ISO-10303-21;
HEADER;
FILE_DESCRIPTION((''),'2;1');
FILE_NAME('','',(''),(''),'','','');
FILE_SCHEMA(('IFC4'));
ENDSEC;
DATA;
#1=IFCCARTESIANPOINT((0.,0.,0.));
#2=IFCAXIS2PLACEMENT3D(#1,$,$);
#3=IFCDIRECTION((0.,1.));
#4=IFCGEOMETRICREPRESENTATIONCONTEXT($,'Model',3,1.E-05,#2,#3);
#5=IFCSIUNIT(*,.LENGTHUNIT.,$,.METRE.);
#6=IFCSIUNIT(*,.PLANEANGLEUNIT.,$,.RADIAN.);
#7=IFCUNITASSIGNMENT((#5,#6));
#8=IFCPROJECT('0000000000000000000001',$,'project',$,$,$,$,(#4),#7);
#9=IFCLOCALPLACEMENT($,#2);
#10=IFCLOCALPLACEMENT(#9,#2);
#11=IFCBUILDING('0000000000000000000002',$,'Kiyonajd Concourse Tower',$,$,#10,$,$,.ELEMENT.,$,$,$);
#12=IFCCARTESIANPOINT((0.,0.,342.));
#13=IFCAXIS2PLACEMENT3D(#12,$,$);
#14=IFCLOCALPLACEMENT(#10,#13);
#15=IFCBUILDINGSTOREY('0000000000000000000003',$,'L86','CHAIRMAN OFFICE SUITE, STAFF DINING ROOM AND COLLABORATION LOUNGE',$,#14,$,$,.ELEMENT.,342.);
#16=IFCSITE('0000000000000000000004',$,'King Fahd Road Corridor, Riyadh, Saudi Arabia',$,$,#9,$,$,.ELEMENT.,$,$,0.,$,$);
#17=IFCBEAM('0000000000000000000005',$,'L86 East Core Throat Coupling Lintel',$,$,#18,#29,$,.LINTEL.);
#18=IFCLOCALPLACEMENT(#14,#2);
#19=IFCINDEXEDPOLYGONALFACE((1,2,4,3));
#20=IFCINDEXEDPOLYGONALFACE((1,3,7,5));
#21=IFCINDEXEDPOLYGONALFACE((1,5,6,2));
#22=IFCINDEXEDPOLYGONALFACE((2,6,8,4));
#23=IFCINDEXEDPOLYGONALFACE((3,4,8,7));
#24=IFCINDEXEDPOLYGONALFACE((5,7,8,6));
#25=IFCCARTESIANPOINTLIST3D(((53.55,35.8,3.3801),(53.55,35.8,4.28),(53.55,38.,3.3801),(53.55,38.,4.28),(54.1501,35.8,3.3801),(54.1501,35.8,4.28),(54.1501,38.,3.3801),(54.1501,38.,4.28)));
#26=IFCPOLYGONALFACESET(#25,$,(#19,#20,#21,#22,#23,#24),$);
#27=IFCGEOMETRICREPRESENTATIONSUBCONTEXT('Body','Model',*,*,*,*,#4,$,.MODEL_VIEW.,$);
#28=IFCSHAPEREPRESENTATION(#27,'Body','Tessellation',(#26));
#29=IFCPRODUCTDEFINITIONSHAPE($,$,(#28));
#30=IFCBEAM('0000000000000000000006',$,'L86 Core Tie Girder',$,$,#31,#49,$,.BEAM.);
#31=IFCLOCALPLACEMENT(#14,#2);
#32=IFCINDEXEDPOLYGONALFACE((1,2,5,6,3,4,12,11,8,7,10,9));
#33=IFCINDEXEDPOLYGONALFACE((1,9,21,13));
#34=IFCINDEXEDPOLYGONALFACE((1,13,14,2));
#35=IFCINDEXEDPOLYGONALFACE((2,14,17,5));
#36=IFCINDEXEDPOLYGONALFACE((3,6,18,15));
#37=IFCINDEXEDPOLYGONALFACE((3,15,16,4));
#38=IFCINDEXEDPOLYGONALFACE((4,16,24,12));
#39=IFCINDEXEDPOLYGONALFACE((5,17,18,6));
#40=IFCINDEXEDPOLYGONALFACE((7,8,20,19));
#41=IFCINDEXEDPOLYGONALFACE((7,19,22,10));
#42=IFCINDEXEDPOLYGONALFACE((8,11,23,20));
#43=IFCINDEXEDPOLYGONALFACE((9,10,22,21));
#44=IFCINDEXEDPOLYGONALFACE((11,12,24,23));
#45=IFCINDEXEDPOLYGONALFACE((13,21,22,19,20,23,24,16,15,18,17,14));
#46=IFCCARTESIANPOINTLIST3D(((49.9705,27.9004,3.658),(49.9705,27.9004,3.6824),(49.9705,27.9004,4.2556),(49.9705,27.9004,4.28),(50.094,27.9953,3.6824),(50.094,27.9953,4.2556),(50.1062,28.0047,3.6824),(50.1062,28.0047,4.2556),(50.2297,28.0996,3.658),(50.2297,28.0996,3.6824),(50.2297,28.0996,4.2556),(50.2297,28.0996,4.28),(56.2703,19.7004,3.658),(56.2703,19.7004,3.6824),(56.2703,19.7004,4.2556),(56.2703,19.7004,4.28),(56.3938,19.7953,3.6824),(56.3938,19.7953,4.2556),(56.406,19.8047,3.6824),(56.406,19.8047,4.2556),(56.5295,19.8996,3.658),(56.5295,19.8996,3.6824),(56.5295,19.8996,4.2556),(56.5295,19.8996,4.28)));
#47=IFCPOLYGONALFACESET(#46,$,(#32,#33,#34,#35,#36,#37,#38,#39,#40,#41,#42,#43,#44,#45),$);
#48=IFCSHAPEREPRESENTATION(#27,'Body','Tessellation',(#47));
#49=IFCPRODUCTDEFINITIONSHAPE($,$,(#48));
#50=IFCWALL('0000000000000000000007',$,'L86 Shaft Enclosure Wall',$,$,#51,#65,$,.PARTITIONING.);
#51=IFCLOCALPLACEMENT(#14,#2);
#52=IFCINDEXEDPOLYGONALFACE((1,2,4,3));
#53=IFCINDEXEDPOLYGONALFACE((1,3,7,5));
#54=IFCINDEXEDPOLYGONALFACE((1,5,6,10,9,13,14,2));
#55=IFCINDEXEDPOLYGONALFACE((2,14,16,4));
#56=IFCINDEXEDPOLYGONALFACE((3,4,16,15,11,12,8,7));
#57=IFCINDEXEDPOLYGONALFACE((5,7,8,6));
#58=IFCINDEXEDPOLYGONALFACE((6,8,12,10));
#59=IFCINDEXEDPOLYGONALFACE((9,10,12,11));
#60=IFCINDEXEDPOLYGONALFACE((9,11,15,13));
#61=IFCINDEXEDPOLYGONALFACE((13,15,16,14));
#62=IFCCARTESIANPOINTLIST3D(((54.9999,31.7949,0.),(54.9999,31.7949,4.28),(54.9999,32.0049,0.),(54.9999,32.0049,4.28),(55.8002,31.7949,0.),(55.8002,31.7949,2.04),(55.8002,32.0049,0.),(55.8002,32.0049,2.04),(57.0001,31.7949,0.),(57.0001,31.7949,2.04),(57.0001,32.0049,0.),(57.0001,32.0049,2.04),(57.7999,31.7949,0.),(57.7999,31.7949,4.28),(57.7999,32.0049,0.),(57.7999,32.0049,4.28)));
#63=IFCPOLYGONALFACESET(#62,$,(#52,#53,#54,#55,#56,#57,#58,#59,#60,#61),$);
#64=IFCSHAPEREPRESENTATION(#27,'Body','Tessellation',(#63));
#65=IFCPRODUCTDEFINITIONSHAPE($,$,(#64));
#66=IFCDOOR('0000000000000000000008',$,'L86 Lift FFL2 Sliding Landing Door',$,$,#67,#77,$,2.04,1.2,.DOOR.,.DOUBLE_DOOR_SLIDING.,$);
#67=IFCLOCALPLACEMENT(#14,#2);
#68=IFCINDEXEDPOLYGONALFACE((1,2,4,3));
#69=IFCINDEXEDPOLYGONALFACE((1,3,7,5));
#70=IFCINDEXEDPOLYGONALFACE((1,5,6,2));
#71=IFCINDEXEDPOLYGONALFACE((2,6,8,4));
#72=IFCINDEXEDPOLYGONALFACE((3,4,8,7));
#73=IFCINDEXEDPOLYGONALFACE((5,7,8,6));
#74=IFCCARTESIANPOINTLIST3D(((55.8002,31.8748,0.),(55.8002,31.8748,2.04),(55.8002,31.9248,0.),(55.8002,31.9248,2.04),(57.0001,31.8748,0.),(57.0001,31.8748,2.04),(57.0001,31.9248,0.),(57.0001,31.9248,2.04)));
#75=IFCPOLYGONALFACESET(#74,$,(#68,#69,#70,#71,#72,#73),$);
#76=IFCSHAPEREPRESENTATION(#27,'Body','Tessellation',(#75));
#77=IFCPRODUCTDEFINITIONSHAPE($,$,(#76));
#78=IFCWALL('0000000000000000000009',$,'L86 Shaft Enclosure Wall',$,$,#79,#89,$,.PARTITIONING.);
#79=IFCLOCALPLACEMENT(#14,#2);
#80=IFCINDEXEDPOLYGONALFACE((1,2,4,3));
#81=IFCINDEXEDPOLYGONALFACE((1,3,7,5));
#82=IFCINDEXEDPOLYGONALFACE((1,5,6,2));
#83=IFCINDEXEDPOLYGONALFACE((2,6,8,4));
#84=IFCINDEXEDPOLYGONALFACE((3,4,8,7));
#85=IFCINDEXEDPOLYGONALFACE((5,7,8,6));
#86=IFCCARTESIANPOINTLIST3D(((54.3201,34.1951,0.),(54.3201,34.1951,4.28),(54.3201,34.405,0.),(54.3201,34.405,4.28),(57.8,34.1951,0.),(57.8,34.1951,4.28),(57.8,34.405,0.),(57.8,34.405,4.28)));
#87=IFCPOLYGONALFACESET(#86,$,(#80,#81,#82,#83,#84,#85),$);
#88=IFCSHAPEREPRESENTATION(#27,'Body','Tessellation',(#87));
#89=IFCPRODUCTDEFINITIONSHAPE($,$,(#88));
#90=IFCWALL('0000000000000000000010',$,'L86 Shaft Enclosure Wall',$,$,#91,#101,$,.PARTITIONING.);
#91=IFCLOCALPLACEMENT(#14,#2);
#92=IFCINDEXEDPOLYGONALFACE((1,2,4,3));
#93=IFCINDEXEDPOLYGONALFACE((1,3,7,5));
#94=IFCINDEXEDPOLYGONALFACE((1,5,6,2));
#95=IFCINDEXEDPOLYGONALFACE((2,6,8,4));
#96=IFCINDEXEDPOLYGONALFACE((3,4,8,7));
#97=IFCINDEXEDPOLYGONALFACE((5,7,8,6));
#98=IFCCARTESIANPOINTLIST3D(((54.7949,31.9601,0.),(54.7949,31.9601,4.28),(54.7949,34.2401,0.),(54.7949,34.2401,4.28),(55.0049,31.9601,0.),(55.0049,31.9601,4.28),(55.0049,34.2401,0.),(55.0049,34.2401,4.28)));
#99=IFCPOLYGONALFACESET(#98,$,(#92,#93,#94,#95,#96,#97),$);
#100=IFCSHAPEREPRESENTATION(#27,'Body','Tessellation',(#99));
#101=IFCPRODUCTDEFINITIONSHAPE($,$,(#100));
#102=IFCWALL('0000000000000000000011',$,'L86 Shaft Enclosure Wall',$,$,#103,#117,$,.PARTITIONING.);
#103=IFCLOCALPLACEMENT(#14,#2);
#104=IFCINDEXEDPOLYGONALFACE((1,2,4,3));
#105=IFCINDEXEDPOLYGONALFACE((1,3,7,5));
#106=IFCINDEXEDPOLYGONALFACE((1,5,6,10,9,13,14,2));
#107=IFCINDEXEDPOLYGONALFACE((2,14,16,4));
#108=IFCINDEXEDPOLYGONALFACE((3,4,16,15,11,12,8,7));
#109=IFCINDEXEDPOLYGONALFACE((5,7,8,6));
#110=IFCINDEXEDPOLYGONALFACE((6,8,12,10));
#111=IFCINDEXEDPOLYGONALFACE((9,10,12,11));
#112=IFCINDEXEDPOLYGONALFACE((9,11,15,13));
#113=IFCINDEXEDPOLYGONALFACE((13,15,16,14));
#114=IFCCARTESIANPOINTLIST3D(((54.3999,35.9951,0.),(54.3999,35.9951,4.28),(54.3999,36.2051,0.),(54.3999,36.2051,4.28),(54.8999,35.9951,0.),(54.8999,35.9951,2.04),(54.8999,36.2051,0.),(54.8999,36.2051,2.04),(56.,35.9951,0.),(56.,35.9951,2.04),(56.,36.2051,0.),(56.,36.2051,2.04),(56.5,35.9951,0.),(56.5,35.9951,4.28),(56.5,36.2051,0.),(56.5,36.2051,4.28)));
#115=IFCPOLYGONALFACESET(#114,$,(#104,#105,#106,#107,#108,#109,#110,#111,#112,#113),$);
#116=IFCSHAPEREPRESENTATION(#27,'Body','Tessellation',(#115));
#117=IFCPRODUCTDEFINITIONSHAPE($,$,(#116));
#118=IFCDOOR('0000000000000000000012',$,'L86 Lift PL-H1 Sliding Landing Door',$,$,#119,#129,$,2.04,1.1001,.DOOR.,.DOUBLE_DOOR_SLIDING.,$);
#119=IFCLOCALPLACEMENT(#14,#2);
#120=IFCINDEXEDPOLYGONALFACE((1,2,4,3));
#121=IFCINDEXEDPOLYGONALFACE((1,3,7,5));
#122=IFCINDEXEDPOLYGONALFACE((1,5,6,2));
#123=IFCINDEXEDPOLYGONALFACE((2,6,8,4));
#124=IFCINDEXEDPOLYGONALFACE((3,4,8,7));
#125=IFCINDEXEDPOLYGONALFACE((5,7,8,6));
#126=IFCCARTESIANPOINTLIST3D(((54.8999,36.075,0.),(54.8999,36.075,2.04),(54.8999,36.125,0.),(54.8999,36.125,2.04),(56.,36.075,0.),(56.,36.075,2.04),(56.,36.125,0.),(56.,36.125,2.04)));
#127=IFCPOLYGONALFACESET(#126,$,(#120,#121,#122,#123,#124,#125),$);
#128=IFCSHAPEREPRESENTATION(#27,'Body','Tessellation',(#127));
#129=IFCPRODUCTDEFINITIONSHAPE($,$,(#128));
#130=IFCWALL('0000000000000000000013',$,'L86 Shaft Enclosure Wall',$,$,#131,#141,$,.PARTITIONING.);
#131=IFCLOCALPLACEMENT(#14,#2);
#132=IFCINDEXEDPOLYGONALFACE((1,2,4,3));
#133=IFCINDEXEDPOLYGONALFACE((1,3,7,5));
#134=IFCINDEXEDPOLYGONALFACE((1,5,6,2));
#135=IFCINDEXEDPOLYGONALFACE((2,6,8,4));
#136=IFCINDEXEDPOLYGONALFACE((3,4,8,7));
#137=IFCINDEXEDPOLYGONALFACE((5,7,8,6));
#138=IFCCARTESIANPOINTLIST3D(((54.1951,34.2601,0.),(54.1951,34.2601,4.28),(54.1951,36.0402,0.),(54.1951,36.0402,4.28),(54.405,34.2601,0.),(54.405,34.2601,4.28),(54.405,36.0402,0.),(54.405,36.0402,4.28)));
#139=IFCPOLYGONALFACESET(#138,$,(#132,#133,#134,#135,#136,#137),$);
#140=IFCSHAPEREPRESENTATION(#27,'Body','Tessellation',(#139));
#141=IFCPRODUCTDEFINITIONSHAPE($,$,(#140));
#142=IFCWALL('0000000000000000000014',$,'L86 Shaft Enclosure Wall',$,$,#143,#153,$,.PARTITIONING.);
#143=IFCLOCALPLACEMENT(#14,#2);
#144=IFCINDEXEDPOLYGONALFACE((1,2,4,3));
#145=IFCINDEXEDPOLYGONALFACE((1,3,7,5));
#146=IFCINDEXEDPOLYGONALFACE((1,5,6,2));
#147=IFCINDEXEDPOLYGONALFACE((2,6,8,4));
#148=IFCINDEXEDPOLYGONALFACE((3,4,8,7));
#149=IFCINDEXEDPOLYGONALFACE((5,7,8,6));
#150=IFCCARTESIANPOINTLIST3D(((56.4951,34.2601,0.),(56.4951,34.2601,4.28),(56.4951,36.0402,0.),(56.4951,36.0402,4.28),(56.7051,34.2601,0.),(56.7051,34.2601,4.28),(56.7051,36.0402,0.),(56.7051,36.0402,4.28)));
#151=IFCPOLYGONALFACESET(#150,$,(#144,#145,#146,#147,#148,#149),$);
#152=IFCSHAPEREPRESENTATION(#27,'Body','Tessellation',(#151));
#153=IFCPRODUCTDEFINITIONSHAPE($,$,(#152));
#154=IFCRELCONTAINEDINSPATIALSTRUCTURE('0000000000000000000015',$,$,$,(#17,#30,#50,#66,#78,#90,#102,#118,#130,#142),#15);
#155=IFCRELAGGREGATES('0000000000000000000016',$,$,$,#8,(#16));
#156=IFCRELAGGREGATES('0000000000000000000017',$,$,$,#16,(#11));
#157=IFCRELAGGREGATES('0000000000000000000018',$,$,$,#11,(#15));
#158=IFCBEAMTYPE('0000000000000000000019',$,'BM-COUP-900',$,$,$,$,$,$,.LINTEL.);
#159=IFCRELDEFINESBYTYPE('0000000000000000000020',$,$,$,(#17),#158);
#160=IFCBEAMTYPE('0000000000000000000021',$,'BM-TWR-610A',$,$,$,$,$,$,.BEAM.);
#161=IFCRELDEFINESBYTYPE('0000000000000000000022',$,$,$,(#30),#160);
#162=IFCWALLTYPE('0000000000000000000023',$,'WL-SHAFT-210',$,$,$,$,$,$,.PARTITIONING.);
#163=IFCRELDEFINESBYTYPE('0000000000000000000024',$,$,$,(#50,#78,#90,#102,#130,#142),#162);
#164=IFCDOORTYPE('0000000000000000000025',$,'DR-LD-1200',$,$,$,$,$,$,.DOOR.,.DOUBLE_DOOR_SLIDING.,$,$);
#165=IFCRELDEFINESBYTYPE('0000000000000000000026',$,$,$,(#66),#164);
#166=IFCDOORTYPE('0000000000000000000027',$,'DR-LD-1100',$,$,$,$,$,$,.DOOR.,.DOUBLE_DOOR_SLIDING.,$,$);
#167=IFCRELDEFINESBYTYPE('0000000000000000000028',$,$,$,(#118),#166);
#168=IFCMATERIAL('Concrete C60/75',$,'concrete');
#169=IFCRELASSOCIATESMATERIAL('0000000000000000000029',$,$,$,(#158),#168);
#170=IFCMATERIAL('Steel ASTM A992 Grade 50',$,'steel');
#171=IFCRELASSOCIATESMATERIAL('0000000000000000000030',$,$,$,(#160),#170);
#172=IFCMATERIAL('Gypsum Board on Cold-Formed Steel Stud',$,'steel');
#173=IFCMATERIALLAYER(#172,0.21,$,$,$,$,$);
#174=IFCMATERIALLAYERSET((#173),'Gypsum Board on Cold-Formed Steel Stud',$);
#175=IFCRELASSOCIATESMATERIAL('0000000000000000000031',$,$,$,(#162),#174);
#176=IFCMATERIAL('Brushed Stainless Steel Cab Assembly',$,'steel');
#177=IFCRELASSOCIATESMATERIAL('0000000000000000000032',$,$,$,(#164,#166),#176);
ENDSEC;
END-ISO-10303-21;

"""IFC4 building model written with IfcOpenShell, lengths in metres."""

from ifc_helpers import new_model, si_unit, direction, frame, frame_2d, origin, origin_2d, place, context, subcontext, project, spatial, rectangle, i_section, extrude, material, layer, layer_set, material_profile, profile_set, type_object, element, fill, save


model = new_model("IFC4")

# Units and contexts
model_context = context("Model", 3, precision=1e-05, world=origin(), true_north=direction((0.0, 1.0)))
body_context = subcontext(model_context, "Body", "Model", "MODEL_VIEW")
ifc_project = project(units=[si_unit("LENGTHUNIT", "METRE"), si_unit("PLANEANGLEUNIT", "RADIAN")], contexts=[model_context])

# Site, building, storey
site_placement = place(None, origin())
site = spatial("IfcSite", under=ifc_project, at=site_placement, Name="King Fahd Road Corridor, Riyadh, Saudi Arabia", CompositionType="ELEMENT", RefElevation=0.0)
building_placement = place(site_placement, origin())
building = spatial("IfcBuilding", under=site, at=building_placement, Name="Kiyonajd Concourse Tower", CompositionType="ELEMENT")
storey_placement = place(building_placement, frame((0.0, 0.0, 342.0)))
storey = spatial("IfcBuildingStorey", under=building, at=storey_placement, Name="L86", Description="CHAIRMAN OFFICE SUITE, STAFF DINING ROOM AND COLLABORATION LOUNGE", CompositionType="ELEMENT", Elevation=342.0)

# Beams
ifc_material_1 = material(Name="Concrete C60/75", Category="concrete")
ifc_material_profile_1 = material_profile(ifc_material_1, rectangle(XDim=0.6001, YDim=0.8999, at=origin_2d()), Name="RCBM-600x900")
ifc_profile_set_1 = profile_set([ifc_material_profile_1], Name="Concrete C60/75")
beam_type_1 = type_object("IfcBeamType", Name="BM-COUP-900", PredefinedType="LINTEL", material=ifc_profile_set_1)
beam_1_placement = place(storey_placement, frame((53.8501, 35.8, 3.8301), z_axis=(0.0, 1.0, 0.0), x_axis=(-1.0, 0.0, 0.0)))
element("IfcBeam", 1, at=beam_1_placement, inside=storey, type_object=beam_type_1, Name="L86 East Core Throat Coupling Lintel", PredefinedType="LINTEL", context=body_context, shape_type="SweptSolid", body=[
    extrude(rectangle(XDim=0.6001, YDim=0.8999, at=origin_2d()), origin(), (0.0, 0.0, 1.0), 2.2),
])
ifc_material_2 = material(Name="Steel ASTM A992 Grade 50", Category="steel")
ifc_material_profile_2 = material_profile(ifc_material_2, i_section(OverallWidth=0.3269, OverallDepth=0.6221, WebThickness=0.0154, FlangeThickness=0.0244, at=origin_2d()), Name="W610X195")
ifc_profile_set_2 = profile_set([ifc_material_profile_2], Name="Steel ASTM A992 Grade 50")
beam_type_2 = type_object("IfcBeamType", Name="BM-TWR-610A", PredefinedType="BEAM", material=ifc_profile_set_2)
beam_2_placement = place(storey_placement, frame((50.1001, 28.0, 3.969), z_axis=(0.609234, -0.792991, 0.0), x_axis=(0.792991, 0.609234, 0.0)))
element("IfcBeam", 2, at=beam_2_placement, inside=storey, type_object=beam_type_2, Name="L86 Core Tie Girder", PredefinedType="BEAM", context=body_context, shape_type="SweptSolid", body=[
    extrude(i_section(OverallWidth=0.3269, OverallDepth=0.6221, WebThickness=0.0154, FlangeThickness=0.0244, at=origin_2d()), origin(), (0.0, 0.0, 1.0), 10.3406),
])

# Wall, opening, door
ifc_material_3 = material(Name="Gypsum Board on Cold-Formed Steel Stud", Category="steel")
ifc_layer_1 = layer(ifc_material_3, 0.21)
ifc_layer_set_1 = layer_set([ifc_layer_1], Name="Gypsum Board on Cold-Formed Steel Stud")
wall_type_1 = type_object("IfcWallType", Name="WL-SHAFT-210", PredefinedType="PARTITIONING", material=ifc_layer_set_1)
wall_1_placement = place(storey_placement, frame((55.0, 31.8999, 0.0), z_axis=(0.0, 0.0, 1.0), x_axis=(1.0, 0.0, 0.0)))
wall_1 = element("IfcWall", 3, at=wall_1_placement, inside=storey, type_object=wall_type_1, Name="L86 Shaft Enclosure Wall", PredefinedType="PARTITIONING", context=body_context, shape_type="SweptSolid", body=[
    extrude(rectangle(XDim=2.8, YDim=0.21, at=frame_2d((1.3999, 0.0))), origin(), (0.0, 0.0, 1.0), 4.28),
])
opening_1_placement = place(wall_1_placement, frame((0.8, 0.0, 0.0)))
opening_1 = element("IfcOpeningElement", 4, at=opening_1_placement, cuts=wall_1, PredefinedType="OPENING", context=body_context, shape_type="SweptSolid", body=[
    extrude(rectangle(XDim=1.2, YDim=2.04, at=frame_2d((0.6001, 1.02))), frame((0.0, 0.115, 0.0), z_axis=(0.0, -1.0, 0.0), x_axis=(1.0, 0.0, 0.0)), (0.0, 0.0, 1.0), 0.23),
])
ifc_material_4 = material(Name="Brushed Stainless Steel Cab Assembly", Category="steel")
door_type_1 = type_object("IfcDoorType", Name="DR-LD-1200", OperationType="DOUBLE_DOOR_SLIDING", PredefinedType="DOOR", material=ifc_material_4)
door_1_placement = place(opening_1_placement, origin())
door_1 = element("IfcDoor", 5, at=door_1_placement, inside=storey, type_object=door_type_1, Name="L86 Lift FFL2 Sliding Landing Door", OperationType="DOUBLE_DOOR_SLIDING", OverallHeight=2.04, OverallWidth=1.2, PredefinedType="DOOR", context=body_context, shape_type="SweptSolid", body=[
    extrude(rectangle(XDim=1.2, YDim=2.04, at=frame_2d((0.6001, 1.02))), frame((0.0, 0.0249, 0.0), z_axis=(0.0, -1.0, 0.0), x_axis=(1.0, 0.0, 0.0)), (0.0, 0.0, 1.0), 0.05),
])
fill(opening_1, door_1)

# Walls
wall_2_placement = place(storey_placement, frame((54.3201, 34.3, 0.0), z_axis=(0.0, 0.0, 1.0), x_axis=(1.0, 0.0, 0.0)))
element("IfcWall", 6, at=wall_2_placement, inside=storey, type_object=wall_type_1, Name="L86 Shaft Enclosure Wall", PredefinedType="PARTITIONING", context=body_context, shape_type="SweptSolid", body=[
    extrude(rectangle(XDim=3.48, YDim=0.21, at=frame_2d((1.74, 0.0))), origin(), (0.0, 0.0, 1.0), 4.28),
])
wall_3_placement = place(storey_placement, frame((54.8999, 31.96, 0.0), z_axis=(0.0, 0.0, 1.0), x_axis=(0.0, 1.0, 0.0)))
element("IfcWall", 7, at=wall_3_placement, inside=storey, type_object=wall_type_1, Name="L86 Shaft Enclosure Wall", PredefinedType="PARTITIONING", context=body_context, shape_type="SweptSolid", body=[
    extrude(rectangle(XDim=2.28, YDim=0.21, at=frame_2d((1.1401, 0.0))), origin(), (0.0, 0.0, 1.0), 4.28),
])

# Wall, opening, door
wall_4_placement = place(storey_placement, frame((54.3999, 36.1001, 0.0), z_axis=(0.0, 0.0, 1.0), x_axis=(1.0, 0.0, 0.0)))
wall_4 = element("IfcWall", 8, at=wall_4_placement, inside=storey, type_object=wall_type_1, Name="L86 Shaft Enclosure Wall", PredefinedType="PARTITIONING", context=body_context, shape_type="SweptSolid", body=[
    extrude(rectangle(XDim=2.1001, YDim=0.21, at=frame_2d((1.05, 0.0))), origin(), (0.0, 0.0, 1.0), 4.28),
])
opening_2_placement = place(wall_4_placement, frame((0.5, 0.0, 0.0)))
opening_2 = element("IfcOpeningElement", 9, at=opening_2_placement, cuts=wall_4, PredefinedType="OPENING", context=body_context, shape_type="SweptSolid", body=[
    extrude(rectangle(XDim=1.1001, YDim=2.04, at=frame_2d((0.55, 1.02))), frame((0.0, 0.115, 0.0), z_axis=(0.0, -1.0, 0.0), x_axis=(1.0, 0.0, 0.0)), (0.0, 0.0, 1.0), 0.23),
])
door_type_2 = type_object("IfcDoorType", Name="DR-LD-1100", OperationType="DOUBLE_DOOR_SLIDING", PredefinedType="DOOR", material=ifc_material_4)
door_2_placement = place(opening_2_placement, origin())
door_2 = element("IfcDoor", 10, at=door_2_placement, inside=storey, type_object=door_type_2, Name="L86 Lift PL-H1 Sliding Landing Door", OperationType="DOUBLE_DOOR_SLIDING", OverallHeight=2.04, OverallWidth=1.1001, PredefinedType="DOOR", context=body_context, shape_type="SweptSolid", body=[
    extrude(rectangle(XDim=1.1001, YDim=2.04, at=frame_2d((0.55, 1.02))), frame((0.0, 0.0249, 0.0), z_axis=(0.0, -1.0, 0.0), x_axis=(1.0, 0.0, 0.0)), (0.0, 0.0, 1.0), 0.05),
])
fill(opening_2, door_2)

# Walls
for number, where, z_axis, x_axis, name in (
    (11, (54.3, 34.26, 0.0), (0.0, 0.0, 1.0), (0.0, 1.0, 0.0), "L86 Shaft Enclosure Wall"),
    (12, (56.6001, 34.26, 0.0), (0.0, 0.0, 1.0), (0.0, 1.0, 0.0), "L86 Shaft Enclosure Wall"),
):
    element("IfcWall", number, at=place(storey_placement, frame(where, z_axis=z_axis, x_axis=x_axis)), inside=storey, type_object=wall_type_1, Name=name, PredefinedType="PARTITIONING", context=body_context, shape_type="SweptSolid", body=[
        extrude(rectangle(XDim=1.78, YDim=0.21, at=frame_2d((0.8901, 0.0))), origin(), (0.0, 0.0, 1.0), 4.28),
    ])

save(model, "model.ifc")
